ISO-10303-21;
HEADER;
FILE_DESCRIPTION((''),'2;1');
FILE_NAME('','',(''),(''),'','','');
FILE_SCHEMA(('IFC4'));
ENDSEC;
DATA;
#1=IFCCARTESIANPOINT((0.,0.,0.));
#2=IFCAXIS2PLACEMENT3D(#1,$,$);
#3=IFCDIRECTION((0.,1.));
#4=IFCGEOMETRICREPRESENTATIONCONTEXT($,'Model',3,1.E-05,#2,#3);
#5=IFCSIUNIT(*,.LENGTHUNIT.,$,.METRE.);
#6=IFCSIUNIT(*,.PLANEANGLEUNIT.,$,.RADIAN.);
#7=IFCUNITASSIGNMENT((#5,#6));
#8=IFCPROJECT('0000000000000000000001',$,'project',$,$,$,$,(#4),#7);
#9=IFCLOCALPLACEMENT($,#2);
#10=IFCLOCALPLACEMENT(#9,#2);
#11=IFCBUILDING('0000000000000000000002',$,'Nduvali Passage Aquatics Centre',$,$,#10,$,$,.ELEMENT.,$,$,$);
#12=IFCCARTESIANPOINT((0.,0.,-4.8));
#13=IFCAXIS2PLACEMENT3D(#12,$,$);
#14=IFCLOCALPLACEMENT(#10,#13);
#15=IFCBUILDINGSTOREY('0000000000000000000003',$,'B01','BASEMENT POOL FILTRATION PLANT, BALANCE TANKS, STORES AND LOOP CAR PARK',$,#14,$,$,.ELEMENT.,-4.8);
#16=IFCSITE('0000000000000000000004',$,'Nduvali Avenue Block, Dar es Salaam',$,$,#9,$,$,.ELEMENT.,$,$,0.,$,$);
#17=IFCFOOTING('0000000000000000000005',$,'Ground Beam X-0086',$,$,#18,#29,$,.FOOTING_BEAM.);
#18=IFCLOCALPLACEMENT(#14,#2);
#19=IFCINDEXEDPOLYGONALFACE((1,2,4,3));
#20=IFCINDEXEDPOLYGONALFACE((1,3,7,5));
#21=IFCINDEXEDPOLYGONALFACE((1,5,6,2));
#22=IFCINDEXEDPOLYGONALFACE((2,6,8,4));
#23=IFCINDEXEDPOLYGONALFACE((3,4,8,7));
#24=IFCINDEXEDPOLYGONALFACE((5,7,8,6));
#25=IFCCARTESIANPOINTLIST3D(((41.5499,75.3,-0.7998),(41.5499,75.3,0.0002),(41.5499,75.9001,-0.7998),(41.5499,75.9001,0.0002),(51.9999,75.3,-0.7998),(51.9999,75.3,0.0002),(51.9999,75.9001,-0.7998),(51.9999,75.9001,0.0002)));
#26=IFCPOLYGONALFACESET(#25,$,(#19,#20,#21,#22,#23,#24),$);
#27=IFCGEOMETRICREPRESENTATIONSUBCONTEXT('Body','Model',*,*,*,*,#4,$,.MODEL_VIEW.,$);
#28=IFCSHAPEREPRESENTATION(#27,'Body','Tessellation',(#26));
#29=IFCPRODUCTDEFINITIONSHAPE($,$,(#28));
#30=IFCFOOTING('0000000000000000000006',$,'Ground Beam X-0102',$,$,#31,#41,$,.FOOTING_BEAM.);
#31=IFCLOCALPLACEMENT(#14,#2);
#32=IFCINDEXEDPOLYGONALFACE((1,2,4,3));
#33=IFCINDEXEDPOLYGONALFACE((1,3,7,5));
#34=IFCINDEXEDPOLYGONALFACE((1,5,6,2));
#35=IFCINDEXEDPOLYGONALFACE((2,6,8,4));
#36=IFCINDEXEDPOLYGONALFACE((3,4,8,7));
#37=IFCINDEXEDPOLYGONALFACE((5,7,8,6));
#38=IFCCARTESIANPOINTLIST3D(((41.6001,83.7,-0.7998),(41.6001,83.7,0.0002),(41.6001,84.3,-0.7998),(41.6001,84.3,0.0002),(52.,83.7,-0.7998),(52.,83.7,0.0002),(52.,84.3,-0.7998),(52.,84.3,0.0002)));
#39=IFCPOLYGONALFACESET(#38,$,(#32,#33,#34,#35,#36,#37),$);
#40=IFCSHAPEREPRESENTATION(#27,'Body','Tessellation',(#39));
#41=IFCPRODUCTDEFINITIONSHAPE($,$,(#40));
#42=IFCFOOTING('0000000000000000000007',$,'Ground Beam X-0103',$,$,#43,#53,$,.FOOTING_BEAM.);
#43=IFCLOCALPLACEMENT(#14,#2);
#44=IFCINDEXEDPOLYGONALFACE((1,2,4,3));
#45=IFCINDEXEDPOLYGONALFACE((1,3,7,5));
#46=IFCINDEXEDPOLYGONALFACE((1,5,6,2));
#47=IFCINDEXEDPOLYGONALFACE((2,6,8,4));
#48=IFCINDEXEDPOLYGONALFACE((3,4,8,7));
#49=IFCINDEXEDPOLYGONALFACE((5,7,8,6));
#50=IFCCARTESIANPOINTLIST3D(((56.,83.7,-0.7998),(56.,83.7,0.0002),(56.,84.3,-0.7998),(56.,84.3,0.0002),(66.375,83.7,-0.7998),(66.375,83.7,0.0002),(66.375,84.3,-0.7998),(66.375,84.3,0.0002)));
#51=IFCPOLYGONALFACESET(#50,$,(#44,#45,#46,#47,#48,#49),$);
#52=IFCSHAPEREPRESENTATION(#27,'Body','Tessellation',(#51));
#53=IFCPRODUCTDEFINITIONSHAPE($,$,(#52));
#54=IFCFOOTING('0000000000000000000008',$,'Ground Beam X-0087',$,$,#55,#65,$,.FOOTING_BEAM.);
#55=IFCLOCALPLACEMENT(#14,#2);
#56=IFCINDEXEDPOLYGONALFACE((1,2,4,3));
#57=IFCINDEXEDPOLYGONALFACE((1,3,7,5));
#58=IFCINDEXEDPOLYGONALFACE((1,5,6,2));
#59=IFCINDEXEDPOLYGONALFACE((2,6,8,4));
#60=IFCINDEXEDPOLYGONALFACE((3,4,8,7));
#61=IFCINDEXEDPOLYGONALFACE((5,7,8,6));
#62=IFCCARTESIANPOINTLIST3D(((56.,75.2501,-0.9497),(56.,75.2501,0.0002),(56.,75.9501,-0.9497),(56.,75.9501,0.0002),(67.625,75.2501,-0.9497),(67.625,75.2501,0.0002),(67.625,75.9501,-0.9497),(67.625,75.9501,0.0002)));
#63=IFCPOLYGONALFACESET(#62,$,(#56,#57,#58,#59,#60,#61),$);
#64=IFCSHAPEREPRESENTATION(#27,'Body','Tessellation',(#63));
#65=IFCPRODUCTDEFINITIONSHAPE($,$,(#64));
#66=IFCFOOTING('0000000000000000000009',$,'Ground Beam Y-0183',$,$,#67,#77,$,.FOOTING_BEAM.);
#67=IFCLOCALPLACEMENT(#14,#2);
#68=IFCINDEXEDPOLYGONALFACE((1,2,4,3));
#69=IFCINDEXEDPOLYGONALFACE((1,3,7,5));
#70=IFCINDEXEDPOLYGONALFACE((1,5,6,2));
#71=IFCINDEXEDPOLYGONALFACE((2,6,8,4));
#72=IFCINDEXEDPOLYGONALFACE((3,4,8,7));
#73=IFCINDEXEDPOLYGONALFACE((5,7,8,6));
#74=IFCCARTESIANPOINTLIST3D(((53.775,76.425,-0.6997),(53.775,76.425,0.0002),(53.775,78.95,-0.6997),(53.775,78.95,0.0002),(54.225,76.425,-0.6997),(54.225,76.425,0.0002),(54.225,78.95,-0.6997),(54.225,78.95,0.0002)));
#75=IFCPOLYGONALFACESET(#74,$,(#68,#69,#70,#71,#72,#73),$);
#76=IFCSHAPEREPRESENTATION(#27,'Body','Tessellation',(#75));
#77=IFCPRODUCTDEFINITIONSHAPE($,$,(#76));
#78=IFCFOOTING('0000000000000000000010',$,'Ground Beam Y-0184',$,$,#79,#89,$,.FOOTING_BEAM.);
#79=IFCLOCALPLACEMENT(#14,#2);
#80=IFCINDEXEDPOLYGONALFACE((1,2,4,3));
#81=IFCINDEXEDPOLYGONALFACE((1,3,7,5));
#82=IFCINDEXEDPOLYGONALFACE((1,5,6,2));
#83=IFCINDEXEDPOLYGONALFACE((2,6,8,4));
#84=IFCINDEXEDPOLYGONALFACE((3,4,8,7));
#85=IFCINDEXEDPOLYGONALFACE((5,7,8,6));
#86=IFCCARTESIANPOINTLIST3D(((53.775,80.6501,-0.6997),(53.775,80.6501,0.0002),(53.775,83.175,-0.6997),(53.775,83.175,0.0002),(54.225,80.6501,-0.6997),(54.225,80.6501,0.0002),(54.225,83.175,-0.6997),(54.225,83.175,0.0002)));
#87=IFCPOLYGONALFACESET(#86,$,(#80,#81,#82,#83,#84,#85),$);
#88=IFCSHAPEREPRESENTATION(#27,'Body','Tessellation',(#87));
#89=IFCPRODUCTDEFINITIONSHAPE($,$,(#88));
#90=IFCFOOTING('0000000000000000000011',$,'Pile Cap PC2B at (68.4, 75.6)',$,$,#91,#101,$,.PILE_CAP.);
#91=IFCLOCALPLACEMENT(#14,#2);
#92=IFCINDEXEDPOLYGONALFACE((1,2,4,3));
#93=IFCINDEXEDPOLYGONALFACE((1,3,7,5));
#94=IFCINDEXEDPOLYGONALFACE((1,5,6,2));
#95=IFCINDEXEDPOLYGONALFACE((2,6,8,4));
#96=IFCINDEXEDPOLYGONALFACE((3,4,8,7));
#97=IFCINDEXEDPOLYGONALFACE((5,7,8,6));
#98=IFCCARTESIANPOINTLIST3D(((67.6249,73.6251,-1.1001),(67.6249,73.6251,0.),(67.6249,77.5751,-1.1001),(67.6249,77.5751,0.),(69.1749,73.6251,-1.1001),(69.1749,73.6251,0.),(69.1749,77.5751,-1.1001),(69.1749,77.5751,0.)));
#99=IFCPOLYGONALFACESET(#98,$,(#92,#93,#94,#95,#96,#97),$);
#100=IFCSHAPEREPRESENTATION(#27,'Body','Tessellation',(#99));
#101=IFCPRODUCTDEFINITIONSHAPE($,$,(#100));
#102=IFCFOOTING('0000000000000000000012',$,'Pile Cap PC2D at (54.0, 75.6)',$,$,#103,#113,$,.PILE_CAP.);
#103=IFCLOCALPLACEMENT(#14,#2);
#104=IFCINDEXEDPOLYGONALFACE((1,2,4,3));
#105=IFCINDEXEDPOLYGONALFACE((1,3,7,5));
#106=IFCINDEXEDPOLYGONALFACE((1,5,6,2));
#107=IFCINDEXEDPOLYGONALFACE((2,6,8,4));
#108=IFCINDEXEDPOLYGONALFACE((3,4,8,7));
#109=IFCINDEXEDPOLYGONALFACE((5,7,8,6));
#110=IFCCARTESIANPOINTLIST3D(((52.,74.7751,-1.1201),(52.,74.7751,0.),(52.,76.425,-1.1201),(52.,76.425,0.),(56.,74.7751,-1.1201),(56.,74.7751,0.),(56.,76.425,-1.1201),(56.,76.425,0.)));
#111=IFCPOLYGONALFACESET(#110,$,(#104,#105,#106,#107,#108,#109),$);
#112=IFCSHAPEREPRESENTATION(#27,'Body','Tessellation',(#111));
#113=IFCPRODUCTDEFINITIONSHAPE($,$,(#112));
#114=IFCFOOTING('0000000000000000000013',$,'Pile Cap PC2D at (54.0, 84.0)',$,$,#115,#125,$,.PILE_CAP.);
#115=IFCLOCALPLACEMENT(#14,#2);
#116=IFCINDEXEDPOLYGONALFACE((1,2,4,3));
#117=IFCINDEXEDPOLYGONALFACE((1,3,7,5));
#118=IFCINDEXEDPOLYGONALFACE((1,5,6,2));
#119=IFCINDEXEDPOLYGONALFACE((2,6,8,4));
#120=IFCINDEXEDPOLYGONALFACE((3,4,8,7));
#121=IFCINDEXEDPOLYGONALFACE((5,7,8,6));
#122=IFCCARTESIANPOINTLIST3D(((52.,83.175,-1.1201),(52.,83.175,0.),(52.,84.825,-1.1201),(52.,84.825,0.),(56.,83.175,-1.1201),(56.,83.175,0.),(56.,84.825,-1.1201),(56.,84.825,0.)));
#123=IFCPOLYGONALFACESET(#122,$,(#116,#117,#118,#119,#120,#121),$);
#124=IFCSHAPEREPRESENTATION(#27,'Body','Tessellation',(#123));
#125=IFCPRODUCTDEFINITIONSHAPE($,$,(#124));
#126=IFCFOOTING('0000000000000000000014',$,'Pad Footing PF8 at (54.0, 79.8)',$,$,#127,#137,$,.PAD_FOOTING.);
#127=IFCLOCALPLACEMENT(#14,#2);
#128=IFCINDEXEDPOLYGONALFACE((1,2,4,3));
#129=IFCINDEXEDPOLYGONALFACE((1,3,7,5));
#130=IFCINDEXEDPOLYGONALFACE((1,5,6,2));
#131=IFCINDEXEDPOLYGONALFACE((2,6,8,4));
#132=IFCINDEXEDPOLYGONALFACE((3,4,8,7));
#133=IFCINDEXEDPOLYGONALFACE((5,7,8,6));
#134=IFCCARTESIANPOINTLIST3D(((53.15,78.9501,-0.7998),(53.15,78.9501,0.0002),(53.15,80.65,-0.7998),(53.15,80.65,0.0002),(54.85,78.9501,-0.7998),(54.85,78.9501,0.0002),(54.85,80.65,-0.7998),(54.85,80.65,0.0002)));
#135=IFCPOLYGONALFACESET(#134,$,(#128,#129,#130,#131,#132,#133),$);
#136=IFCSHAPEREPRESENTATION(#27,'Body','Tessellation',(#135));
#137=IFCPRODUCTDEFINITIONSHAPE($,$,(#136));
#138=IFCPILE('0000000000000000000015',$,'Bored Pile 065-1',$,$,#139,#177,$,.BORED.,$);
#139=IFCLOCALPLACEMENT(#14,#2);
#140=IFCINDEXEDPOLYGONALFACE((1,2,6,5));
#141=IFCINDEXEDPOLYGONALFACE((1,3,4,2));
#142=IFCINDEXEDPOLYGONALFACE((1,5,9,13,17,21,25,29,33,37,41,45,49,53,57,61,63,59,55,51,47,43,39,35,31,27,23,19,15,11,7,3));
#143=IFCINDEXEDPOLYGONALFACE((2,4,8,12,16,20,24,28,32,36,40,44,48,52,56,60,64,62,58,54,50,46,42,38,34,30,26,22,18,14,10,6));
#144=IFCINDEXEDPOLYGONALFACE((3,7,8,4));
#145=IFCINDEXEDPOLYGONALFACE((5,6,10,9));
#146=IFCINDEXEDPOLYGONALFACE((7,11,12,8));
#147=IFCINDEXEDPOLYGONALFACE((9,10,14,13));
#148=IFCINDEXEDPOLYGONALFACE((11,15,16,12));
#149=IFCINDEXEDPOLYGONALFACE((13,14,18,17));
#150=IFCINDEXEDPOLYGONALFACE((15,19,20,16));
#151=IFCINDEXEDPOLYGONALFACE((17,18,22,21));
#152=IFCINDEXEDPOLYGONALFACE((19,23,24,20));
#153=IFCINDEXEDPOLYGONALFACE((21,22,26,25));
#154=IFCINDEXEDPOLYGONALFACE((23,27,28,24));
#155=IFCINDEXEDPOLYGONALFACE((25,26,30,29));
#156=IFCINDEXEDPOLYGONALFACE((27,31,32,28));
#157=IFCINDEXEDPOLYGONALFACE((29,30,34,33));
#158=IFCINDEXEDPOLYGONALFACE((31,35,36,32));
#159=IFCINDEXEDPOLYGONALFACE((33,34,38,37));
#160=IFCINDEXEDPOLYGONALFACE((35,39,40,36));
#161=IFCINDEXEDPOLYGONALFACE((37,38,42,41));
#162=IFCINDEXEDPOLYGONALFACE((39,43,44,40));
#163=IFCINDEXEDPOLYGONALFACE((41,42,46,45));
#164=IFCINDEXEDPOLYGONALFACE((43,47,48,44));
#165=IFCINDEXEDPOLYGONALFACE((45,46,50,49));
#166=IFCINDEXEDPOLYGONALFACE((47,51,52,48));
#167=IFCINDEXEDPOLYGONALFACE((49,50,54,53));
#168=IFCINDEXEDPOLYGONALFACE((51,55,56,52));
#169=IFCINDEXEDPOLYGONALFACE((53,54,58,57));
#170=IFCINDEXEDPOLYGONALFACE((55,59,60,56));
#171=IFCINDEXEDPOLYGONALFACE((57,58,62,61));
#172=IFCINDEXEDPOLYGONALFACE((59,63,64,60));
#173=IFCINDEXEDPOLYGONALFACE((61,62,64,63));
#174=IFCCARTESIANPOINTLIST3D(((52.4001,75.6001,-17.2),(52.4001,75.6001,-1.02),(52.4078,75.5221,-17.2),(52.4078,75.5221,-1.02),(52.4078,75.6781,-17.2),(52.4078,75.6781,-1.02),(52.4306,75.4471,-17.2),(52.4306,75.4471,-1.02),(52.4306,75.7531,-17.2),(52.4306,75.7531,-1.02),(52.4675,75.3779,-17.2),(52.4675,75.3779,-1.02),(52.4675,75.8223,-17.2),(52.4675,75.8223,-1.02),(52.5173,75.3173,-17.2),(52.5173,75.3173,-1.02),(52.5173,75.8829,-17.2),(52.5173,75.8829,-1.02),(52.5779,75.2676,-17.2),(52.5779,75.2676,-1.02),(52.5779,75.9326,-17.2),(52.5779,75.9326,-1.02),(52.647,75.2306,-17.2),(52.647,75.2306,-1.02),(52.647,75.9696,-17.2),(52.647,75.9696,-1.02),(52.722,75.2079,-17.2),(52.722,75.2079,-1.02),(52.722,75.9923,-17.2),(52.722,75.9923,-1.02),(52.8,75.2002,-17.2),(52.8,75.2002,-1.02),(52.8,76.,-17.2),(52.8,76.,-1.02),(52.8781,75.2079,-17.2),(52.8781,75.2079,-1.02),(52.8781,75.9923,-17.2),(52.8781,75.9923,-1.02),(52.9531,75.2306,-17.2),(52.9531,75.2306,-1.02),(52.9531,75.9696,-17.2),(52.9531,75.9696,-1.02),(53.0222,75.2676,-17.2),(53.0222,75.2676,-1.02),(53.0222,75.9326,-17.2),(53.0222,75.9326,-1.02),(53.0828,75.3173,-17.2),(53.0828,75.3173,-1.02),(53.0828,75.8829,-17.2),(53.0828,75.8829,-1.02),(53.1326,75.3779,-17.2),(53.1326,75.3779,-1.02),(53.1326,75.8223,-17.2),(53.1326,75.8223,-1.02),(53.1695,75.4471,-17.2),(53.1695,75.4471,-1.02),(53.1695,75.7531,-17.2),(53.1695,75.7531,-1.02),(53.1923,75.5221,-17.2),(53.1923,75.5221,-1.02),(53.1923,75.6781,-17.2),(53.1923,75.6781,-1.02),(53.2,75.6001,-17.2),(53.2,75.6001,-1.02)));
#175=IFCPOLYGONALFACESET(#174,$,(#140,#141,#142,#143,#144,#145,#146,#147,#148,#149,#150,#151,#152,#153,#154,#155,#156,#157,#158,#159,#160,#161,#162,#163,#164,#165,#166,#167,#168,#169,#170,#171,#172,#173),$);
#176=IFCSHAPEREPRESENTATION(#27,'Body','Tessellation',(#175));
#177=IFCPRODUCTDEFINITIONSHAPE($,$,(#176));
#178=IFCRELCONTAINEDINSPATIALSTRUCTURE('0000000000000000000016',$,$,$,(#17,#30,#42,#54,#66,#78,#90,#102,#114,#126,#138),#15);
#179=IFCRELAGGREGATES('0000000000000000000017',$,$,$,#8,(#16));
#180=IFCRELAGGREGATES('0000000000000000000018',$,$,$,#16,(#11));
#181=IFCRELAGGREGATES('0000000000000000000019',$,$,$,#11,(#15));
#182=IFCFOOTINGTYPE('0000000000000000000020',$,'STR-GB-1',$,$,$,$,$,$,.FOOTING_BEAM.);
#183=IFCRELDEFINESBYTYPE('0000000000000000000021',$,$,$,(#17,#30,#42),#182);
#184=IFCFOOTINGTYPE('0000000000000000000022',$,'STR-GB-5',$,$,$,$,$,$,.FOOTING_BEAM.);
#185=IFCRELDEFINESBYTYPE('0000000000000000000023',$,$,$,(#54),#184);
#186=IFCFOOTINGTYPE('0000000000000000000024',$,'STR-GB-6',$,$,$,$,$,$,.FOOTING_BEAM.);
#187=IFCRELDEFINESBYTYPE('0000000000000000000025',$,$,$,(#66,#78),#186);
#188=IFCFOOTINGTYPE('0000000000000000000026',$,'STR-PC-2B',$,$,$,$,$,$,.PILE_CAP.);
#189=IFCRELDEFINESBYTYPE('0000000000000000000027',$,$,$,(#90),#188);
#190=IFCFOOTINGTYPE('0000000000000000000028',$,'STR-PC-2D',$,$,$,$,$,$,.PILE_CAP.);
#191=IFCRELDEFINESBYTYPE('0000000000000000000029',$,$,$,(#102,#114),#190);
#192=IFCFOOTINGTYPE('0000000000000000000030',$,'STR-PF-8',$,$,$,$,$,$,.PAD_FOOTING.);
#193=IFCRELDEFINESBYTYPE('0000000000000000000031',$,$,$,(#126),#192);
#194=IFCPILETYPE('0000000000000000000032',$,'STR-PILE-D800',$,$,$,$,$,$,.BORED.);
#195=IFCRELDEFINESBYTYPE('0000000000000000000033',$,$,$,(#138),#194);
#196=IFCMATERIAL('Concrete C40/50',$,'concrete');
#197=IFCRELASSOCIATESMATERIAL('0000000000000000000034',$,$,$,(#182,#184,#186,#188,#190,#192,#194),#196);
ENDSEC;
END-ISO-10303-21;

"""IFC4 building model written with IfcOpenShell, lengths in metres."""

from ifc_helpers import new_model, si_unit, direction, frame, origin, origin_2d, place, context, subcontext, project, spatial, rectangle, circle, extrude, material, material_profile, profile_set, type_object, element, save


model = new_model("IFC4")

# Units and contexts
model_context = context("Model", 3, precision=1e-05, world=origin(), true_north=direction((0.0, 1.0)))
body_context = subcontext(model_context, "Body", "Model", "MODEL_VIEW")
ifc_project = project(units=[si_unit("LENGTHUNIT", "METRE"), si_unit("PLANEANGLEUNIT", "RADIAN")], contexts=[model_context])

# Site, building, storey
site_placement = place(None, origin())
site = spatial("IfcSite", under=ifc_project, at=site_placement, Name="Nduvali Avenue Block, Dar es Salaam", CompositionType="ELEMENT", RefElevation=0.0)
building_placement = place(site_placement, origin())
building = spatial("IfcBuilding", under=site, at=building_placement, Name="Nduvali Passage Aquatics Centre", CompositionType="ELEMENT")
storey_placement = place(building_placement, frame((0.0, 0.0, -4.8)))
storey = spatial("IfcBuildingStorey", under=building, at=storey_placement, Name="B01", Description="BASEMENT POOL FILTRATION PLANT, BALANCE TANKS, STORES AND LOOP CAR PARK", CompositionType="ELEMENT", Elevation=-4.8)

# Footings
ifc_material_1 = material(Name="Concrete C40/50", Category="concrete")
footing_type_1 = type_object("IfcFootingType", Name="STR-GB-1", PredefinedType="FOOTING_BEAM", material=ifc_material_1)
footing_1_placement = place(storey_placement, frame((46.7749, 75.6001, -0.7998), z_axis=(0.0, 0.0, 1.0), x_axis=(1.0, 0.0, 0.0)))
element("IfcFooting", 1, at=footing_1_placement, inside=storey, type_object=footing_type_1, Name="Ground Beam X-0086", PredefinedType="FOOTING_BEAM", context=body_context, shape_type="SweptSolid", body=[
    extrude(rectangle(XDim=10.45, YDim=0.6001, at=origin_2d()), origin(), (0.0, 0.0, 1.0), 0.8),
])
footing_2_placement = place(storey_placement, frame((46.8, 84.0, -0.7998), z_axis=(0.0, 0.0, 1.0), x_axis=(1.0, 0.0, 0.0)))
element("IfcFooting", 2, at=footing_2_placement, inside=storey, type_object=footing_type_1, Name="Ground Beam X-0102", PredefinedType="FOOTING_BEAM", context=body_context, shape_type="SweptSolid", body=[
    extrude(rectangle(XDim=10.3999, YDim=0.6001, at=origin_2d()), origin(), (0.0, 0.0, 1.0), 0.8),
])
footing_3_placement = place(storey_placement, frame((61.1875, 84.0, -0.7998), z_axis=(0.0, 0.0, 1.0), x_axis=(1.0, 0.0, 0.0)))
element("IfcFooting", 3, at=footing_3_placement, inside=storey, type_object=footing_type_1, Name="Ground Beam X-0103", PredefinedType="FOOTING_BEAM", context=body_context, shape_type="SweptSolid", body=[
    extrude(rectangle(XDim=10.375, YDim=0.6001, at=origin_2d()), origin(), (0.0, 0.0, 1.0), 0.8),
])
footing_type_2 = type_object("IfcFootingType", Name="STR-GB-5", PredefinedType="FOOTING_BEAM", material=ifc_material_1)
footing_4_placement = place(storey_placement, frame((61.8125, 75.6001, -0.9497), z_axis=(0.0, 0.0, 1.0), x_axis=(1.0, 0.0, 0.0)))
element("IfcFooting", 4, at=footing_4_placement, inside=storey, type_object=footing_type_2, Name="Ground Beam X-0087", PredefinedType="FOOTING_BEAM", context=body_context, shape_type="SweptSolid", body=[
    extrude(rectangle(XDim=11.625, YDim=0.7, at=origin_2d()), origin(), (0.0, 0.0, 1.0), 0.95),
])
footing_type_3 = type_object("IfcFootingType", Name="STR-GB-6", PredefinedType="FOOTING_BEAM", material=ifc_material_1)
for number, where, z_axis, x_axis, name in (
    (5, (54.0, 77.6875, -0.6997), (0.0, 0.0, 1.0), (0.0, 1.0, 0.0), "Ground Beam Y-0183"),
    (6, (54.0, 81.9126, -0.6997), (0.0, 0.0, 1.0), (0.0, 1.0, 0.0), "Ground Beam Y-0184"),
):
    element("IfcFooting", number, at=place(storey_placement, frame(where, z_axis=z_axis, x_axis=x_axis)), inside=storey, type_object=footing_type_3, Name=name, PredefinedType="FOOTING_BEAM", context=body_context, shape_type="SweptSolid", body=[
        extrude(rectangle(XDim=2.5249, YDim=0.45, at=origin_2d()), origin(), (0.0, 0.0, 1.0), 0.7),
    ])
footing_type_4 = type_object("IfcFootingType", Name="STR-PC-2B", PredefinedType="PILE_CAP", material=ifc_material_1)
footing_5_placement = place(storey_placement, frame((68.3999, 75.6001, -1.1001), z_axis=(0.0, 0.0, 1.0), x_axis=(1.0, 0.0, 0.0)))
element("IfcFooting", 7, at=footing_5_placement, inside=storey, type_object=footing_type_4, Name="Pile Cap PC2B at (68.4, 75.6)", PredefinedType="PILE_CAP", context=body_context, shape_type="SweptSolid", body=[
    extrude(rectangle(XDim=1.55, YDim=3.95, at=origin_2d()), origin(), (0.0, 0.0, 1.0), 1.1001),
])
footing_type_5 = type_object("IfcFootingType", Name="STR-PC-2D", PredefinedType="PILE_CAP", material=ifc_material_1)
for number, where, z_axis, x_axis, name in (
    (8, (54.0, 75.6001, -1.1201), (0.0, 0.0, 1.0), (1.0, 0.0, 0.0), "Pile Cap PC2D at (54.0, 75.6)"),
    (9, (54.0, 84.0, -1.1201), (0.0, 0.0, 1.0), (1.0, 0.0, 0.0), "Pile Cap PC2D at (54.0, 84.0)"),
):
    element("IfcFooting", number, at=place(storey_placement, frame(where, z_axis=z_axis, x_axis=x_axis)), inside=storey, type_object=footing_type_5, Name=name, PredefinedType="PILE_CAP", context=body_context, shape_type="SweptSolid", body=[
        extrude(rectangle(XDim=4.0, YDim=1.6499, at=origin_2d()), origin(), (0.0, 0.0, 1.0), 1.1201),
    ])
footing_type_6 = type_object("IfcFootingType", Name="STR-PF-8", PredefinedType="PAD_FOOTING", material=ifc_material_1)
footing_6_placement = place(storey_placement, frame((54.0, 79.8, -0.7998), z_axis=(0.0, 0.0, 1.0), x_axis=(1.0, 0.0, 0.0)))
element("IfcFooting", 10, at=footing_6_placement, inside=storey, type_object=footing_type_6, Name="Pad Footing PF8 at (54.0, 79.8)", PredefinedType="PAD_FOOTING", context=body_context, shape_type="SweptSolid", body=[
    extrude(rectangle(XDim=1.7, YDim=1.7, at=origin_2d()), origin(), (0.0, 0.0, 1.0), 0.8),
])

# Pile
ifc_material_profile_1 = material_profile(ifc_material_1, circle(Radius=0.3999, at=origin_2d()), Name="PILE D800")
ifc_profile_set_1 = profile_set([ifc_material_profile_1], Name="Concrete C40/50")
pile_type_1 = type_object("IfcPileType", Name="STR-PILE-D800", PredefinedType="BORED", material=ifc_profile_set_1)
for number, where, z_axis, x_axis, name in (
    (11, (52.8, 75.6001, -1.02), (0.0, 0.0, -1.0), (1.0, 0.0, 0.0), "Bored Pile 065-1"),
):
    element("IfcPile", number, at=place(storey_placement, frame(where, z_axis=z_axis, x_axis=x_axis)), inside=storey, type_object=pile_type_1, Name=name, PredefinedType="BORED", context=body_context, shape_type="SweptSolid", body=[
        extrude(circle(Radius=0.3999, at=origin_2d()), origin(), (0.0, 0.0, 1.0), 16.1799),
    ])

save(model, "model.ifc")
